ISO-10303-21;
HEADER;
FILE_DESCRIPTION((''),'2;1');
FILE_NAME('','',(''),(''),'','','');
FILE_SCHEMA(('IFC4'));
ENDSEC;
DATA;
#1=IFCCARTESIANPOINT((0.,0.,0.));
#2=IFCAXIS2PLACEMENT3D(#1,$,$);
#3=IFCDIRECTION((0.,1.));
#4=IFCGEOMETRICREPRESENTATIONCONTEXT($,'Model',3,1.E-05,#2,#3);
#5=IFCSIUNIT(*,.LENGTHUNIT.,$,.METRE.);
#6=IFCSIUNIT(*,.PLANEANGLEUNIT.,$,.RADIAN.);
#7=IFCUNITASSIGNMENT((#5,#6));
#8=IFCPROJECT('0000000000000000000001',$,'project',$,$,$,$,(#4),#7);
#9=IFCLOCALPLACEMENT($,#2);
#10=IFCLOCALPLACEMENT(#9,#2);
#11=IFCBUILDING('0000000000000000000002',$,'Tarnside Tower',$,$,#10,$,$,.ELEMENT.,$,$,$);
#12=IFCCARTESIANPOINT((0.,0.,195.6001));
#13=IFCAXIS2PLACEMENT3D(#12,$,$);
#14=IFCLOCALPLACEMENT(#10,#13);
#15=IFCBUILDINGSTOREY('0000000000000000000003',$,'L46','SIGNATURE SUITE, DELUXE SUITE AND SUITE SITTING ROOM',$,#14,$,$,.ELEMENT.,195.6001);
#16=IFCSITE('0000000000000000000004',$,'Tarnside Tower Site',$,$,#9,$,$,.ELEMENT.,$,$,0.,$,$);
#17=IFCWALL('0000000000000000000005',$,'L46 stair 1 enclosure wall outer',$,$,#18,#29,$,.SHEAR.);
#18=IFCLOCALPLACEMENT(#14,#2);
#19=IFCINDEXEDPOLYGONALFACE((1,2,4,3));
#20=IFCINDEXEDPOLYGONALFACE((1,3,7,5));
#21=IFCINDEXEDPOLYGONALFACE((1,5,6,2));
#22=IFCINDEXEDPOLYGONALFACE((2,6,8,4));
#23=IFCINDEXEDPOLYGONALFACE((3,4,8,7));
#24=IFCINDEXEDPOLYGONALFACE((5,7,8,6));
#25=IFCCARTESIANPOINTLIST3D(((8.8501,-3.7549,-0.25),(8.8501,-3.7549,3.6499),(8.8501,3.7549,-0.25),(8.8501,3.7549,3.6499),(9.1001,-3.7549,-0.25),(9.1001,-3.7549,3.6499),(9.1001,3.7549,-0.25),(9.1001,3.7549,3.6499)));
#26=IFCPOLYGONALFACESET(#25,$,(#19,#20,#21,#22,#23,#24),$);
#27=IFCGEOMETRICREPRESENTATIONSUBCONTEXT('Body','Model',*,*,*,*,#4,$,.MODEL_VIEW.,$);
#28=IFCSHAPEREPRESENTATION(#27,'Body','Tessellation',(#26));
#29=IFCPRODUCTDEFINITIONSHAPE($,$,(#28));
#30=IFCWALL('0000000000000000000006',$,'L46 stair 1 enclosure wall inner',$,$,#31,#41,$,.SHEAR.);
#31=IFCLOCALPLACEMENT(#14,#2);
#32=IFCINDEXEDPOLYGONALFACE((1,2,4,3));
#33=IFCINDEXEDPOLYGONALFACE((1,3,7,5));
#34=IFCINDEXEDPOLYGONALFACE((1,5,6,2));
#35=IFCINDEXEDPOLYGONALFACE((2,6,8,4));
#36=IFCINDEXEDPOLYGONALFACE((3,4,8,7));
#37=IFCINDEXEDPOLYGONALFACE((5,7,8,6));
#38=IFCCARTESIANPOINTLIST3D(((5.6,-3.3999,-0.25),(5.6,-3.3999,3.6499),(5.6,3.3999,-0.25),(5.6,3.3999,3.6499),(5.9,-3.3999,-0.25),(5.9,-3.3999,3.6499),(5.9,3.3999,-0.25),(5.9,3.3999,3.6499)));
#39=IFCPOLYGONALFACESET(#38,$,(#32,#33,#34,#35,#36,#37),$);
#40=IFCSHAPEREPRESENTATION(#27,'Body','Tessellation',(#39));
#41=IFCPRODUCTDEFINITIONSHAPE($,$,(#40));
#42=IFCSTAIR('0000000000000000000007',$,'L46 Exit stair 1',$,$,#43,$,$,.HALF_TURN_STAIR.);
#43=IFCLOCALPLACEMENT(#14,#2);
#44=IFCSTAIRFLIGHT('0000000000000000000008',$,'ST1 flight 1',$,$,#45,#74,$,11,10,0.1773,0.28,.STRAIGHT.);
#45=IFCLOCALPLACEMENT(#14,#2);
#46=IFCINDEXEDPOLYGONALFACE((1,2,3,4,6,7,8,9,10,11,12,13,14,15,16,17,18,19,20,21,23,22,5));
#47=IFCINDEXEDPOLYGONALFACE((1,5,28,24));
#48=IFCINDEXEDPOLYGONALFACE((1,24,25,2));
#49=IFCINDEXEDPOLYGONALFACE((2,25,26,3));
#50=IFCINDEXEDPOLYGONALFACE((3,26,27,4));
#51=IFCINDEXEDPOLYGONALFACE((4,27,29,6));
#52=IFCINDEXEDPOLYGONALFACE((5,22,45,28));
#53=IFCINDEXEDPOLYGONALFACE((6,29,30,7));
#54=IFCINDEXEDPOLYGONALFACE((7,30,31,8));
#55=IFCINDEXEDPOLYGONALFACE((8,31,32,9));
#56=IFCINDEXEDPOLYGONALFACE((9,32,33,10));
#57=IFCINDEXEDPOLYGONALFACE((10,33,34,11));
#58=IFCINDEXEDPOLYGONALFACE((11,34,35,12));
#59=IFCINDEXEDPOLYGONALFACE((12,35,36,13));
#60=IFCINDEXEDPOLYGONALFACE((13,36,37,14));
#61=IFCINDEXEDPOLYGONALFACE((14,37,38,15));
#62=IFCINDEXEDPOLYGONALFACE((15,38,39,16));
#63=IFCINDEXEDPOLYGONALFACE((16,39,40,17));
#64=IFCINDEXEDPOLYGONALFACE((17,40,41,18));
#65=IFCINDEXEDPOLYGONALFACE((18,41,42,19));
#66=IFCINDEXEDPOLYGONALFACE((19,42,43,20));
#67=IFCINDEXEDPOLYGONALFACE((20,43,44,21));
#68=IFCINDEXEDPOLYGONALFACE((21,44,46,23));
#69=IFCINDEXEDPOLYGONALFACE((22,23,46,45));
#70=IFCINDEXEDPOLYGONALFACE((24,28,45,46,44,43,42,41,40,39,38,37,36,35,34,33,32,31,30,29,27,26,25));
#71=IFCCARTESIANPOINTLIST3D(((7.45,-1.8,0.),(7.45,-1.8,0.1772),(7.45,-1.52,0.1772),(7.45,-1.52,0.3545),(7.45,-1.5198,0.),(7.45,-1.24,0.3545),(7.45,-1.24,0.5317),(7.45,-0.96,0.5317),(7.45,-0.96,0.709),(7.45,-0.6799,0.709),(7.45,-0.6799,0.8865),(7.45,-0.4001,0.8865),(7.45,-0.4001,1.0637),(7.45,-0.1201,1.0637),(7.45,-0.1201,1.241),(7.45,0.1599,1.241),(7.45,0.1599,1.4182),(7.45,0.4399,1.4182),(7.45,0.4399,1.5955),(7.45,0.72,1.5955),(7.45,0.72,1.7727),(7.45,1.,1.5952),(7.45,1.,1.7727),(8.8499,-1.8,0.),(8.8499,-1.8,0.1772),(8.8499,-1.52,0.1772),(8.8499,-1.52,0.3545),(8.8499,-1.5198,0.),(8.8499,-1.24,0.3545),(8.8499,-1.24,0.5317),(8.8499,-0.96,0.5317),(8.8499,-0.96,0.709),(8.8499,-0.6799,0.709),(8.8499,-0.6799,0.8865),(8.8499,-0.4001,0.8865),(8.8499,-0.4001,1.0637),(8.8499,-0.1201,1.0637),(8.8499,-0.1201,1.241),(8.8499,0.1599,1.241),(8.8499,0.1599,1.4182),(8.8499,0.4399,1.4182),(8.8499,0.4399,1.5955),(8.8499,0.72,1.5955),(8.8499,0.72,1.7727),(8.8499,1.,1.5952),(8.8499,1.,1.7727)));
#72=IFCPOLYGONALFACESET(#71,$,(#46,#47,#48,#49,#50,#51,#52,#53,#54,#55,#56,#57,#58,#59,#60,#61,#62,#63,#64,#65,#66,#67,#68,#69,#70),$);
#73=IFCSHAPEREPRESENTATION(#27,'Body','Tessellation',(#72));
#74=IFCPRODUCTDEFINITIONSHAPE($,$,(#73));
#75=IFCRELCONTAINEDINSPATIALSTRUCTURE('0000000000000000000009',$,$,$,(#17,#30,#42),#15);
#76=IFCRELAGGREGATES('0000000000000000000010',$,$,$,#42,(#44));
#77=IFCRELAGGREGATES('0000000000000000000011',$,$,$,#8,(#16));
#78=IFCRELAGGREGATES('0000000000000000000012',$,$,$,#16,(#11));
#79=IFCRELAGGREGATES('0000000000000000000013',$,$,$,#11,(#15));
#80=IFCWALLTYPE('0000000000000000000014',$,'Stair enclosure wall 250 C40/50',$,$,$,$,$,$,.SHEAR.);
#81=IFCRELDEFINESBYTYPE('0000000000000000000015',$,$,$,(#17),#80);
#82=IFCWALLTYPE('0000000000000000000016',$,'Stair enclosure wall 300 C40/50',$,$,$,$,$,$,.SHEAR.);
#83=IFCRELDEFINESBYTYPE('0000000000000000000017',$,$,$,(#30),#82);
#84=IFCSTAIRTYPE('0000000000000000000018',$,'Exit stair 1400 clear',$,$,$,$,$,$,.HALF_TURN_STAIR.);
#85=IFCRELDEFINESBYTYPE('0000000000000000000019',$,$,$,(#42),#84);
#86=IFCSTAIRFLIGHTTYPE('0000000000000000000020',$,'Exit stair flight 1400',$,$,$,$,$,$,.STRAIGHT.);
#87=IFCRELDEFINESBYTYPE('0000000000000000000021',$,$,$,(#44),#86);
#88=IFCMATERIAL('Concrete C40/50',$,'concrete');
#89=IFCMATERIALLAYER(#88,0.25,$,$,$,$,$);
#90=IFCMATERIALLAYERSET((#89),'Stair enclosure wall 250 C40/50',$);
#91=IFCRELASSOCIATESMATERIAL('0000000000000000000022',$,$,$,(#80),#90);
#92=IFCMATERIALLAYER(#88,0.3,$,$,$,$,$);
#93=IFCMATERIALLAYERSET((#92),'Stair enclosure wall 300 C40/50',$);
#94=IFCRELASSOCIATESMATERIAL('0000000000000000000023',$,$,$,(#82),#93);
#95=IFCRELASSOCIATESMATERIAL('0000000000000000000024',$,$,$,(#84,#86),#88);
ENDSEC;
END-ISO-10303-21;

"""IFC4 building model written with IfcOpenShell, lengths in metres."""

from ifc_helpers import new_model, si_unit, direction, frame, frame_2d, origin, place, context, subcontext, project, spatial, polyline, rectangle, outline, extrude, material, layer, layer_set, type_object, element, aggregate, save


model = new_model("IFC4")

# Units and contexts
model_context = context("Model", 3, precision=1e-05, world=origin(), true_north=direction((0.0, 1.0)))
body_context = subcontext(model_context, "Body", "Model", "MODEL_VIEW")
ifc_project = project(units=[si_unit("LENGTHUNIT", "METRE"), si_unit("PLANEANGLEUNIT", "RADIAN")], contexts=[model_context])

# Site, building, storey
site_placement = place(None, origin())
site = spatial("IfcSite", under=ifc_project, at=site_placement, Name="Tarnside Tower Site", CompositionType="ELEMENT", RefElevation=0.0)
building_placement = place(site_placement, origin())
building = spatial("IfcBuilding", under=site, at=building_placement, Name="Tarnside Tower", CompositionType="ELEMENT")
storey_placement = place(building_placement, frame((0.0, 0.0, 195.6001)))
storey = spatial("IfcBuildingStorey", under=building, at=storey_placement, Name="L46", Description="SIGNATURE SUITE, DELUXE SUITE AND SUITE SITTING ROOM", CompositionType="ELEMENT", Elevation=195.6001)

# Shared definitions
ifc_material_1 = material(Name="Concrete C40/50", Category="concrete")

# Walls
ifc_layer_1 = layer(ifc_material_1, 0.25)
ifc_layer_set_1 = layer_set([ifc_layer_1], Name="Stair enclosure wall 250 C40/50")
wall_type_1 = type_object("IfcWallType", Name="Stair enclosure wall 250 C40/50", PredefinedType="SHEAR", material=ifc_layer_set_1)
wall_1_placement = place(storey_placement, frame((8.9751, -3.7549, -0.25), z_axis=(0.0, 0.0, 1.0), x_axis=(0.0, 1.0, 0.0)))
element("IfcWall", 1, at=wall_1_placement, inside=storey, type_object=wall_type_1, Name="L46 stair 1 enclosure wall outer", PredefinedType="SHEAR", context=body_context, shape_type="SweptSolid", body=[
    extrude(rectangle(XDim=7.5098, YDim=0.25, at=frame_2d((3.7549, 0.0))), origin(), (0.0, 0.0, 1.0), 3.8999),
])
ifc_layer_2 = layer(ifc_material_1, 0.3)
ifc_layer_set_2 = layer_set([ifc_layer_2], Name="Stair enclosure wall 300 C40/50")
wall_type_2 = type_object("IfcWallType", Name="Stair enclosure wall 300 C40/50", PredefinedType="SHEAR", material=ifc_layer_set_2)
wall_2_placement = place(storey_placement, frame((5.75, -3.3999, -0.25), z_axis=(0.0, 0.0, 1.0), x_axis=(0.0, 1.0, 0.0)))
element("IfcWall", 2, at=wall_2_placement, inside=storey, type_object=wall_type_2, Name="L46 stair 1 enclosure wall inner", PredefinedType="SHEAR", context=body_context, shape_type="SweptSolid", body=[
    extrude(rectangle(XDim=6.7998, YDim=0.3, at=frame_2d((3.3999, 0.0))), origin(), (0.0, 0.0, 1.0), 3.8999),
])

# Stair, stair flight
stair_type = type_object("IfcStairType", Name="Exit stair 1400 clear", PredefinedType="HALF_TURN_STAIR", material=ifc_material_1)
stair_placement = place(storey_placement, origin())
stair = element("IfcStair", 3, at=stair_placement, inside=storey, type_object=stair_type, Name="L46 Exit stair 1", PredefinedType="HALF_TURN_STAIR")
stair_flight_type = type_object("IfcStairFlightType", Name="Exit stair flight 1400", PredefinedType="STRAIGHT", material=ifc_material_1)
stair_flight_placement = place(storey_placement, frame((8.1499, -1.8, 0.0), z_axis=(0.0, 0.0, 1.0), x_axis=(0.0, 1.0, 0.0)))
stair_flight = element("IfcStairFlight", 4, at=stair_flight_placement, type_object=stair_flight_type, Name="ST1 flight 1", NumberOfRisers=11, NumberOfTreads=10, PredefinedType="STRAIGHT", RiserHeight=0.1773, TreadLength=0.28, context=body_context, shape_type="SweptSolid", body=[
    extrude(outline(polyline([(0.0, 0.0), (0.0, 0.1772), (0.28, 0.1772), (0.28, 0.3545), (0.5601, 0.3545), (0.5601, 0.5317), (0.8401, 0.5317), (0.8401, 0.709), (1.1201, 0.709), (1.1201, 0.8865), (1.3999, 0.8865), (1.3999, 1.0637), (1.6799, 1.0637), (1.6799, 1.241), (1.96, 1.241), (1.96, 1.4182), (2.24, 1.4182), (2.24, 1.5955), (2.52, 1.5955), (2.52, 1.7727), (2.8, 1.7727), (2.8, 1.95), (2.8, 1.5952), (0.2803, 0.0), (0.0, 0.0)])), frame((0.0, 0.7, 0.0), z_axis=(0.0, -1.0, 0.0), x_axis=(1.0, 0.0, 0.0)), (0.0, 0.0, 1.0), 1.3999),
])
aggregate(stair, [stair_flight])

save(model, "model.ifc")
